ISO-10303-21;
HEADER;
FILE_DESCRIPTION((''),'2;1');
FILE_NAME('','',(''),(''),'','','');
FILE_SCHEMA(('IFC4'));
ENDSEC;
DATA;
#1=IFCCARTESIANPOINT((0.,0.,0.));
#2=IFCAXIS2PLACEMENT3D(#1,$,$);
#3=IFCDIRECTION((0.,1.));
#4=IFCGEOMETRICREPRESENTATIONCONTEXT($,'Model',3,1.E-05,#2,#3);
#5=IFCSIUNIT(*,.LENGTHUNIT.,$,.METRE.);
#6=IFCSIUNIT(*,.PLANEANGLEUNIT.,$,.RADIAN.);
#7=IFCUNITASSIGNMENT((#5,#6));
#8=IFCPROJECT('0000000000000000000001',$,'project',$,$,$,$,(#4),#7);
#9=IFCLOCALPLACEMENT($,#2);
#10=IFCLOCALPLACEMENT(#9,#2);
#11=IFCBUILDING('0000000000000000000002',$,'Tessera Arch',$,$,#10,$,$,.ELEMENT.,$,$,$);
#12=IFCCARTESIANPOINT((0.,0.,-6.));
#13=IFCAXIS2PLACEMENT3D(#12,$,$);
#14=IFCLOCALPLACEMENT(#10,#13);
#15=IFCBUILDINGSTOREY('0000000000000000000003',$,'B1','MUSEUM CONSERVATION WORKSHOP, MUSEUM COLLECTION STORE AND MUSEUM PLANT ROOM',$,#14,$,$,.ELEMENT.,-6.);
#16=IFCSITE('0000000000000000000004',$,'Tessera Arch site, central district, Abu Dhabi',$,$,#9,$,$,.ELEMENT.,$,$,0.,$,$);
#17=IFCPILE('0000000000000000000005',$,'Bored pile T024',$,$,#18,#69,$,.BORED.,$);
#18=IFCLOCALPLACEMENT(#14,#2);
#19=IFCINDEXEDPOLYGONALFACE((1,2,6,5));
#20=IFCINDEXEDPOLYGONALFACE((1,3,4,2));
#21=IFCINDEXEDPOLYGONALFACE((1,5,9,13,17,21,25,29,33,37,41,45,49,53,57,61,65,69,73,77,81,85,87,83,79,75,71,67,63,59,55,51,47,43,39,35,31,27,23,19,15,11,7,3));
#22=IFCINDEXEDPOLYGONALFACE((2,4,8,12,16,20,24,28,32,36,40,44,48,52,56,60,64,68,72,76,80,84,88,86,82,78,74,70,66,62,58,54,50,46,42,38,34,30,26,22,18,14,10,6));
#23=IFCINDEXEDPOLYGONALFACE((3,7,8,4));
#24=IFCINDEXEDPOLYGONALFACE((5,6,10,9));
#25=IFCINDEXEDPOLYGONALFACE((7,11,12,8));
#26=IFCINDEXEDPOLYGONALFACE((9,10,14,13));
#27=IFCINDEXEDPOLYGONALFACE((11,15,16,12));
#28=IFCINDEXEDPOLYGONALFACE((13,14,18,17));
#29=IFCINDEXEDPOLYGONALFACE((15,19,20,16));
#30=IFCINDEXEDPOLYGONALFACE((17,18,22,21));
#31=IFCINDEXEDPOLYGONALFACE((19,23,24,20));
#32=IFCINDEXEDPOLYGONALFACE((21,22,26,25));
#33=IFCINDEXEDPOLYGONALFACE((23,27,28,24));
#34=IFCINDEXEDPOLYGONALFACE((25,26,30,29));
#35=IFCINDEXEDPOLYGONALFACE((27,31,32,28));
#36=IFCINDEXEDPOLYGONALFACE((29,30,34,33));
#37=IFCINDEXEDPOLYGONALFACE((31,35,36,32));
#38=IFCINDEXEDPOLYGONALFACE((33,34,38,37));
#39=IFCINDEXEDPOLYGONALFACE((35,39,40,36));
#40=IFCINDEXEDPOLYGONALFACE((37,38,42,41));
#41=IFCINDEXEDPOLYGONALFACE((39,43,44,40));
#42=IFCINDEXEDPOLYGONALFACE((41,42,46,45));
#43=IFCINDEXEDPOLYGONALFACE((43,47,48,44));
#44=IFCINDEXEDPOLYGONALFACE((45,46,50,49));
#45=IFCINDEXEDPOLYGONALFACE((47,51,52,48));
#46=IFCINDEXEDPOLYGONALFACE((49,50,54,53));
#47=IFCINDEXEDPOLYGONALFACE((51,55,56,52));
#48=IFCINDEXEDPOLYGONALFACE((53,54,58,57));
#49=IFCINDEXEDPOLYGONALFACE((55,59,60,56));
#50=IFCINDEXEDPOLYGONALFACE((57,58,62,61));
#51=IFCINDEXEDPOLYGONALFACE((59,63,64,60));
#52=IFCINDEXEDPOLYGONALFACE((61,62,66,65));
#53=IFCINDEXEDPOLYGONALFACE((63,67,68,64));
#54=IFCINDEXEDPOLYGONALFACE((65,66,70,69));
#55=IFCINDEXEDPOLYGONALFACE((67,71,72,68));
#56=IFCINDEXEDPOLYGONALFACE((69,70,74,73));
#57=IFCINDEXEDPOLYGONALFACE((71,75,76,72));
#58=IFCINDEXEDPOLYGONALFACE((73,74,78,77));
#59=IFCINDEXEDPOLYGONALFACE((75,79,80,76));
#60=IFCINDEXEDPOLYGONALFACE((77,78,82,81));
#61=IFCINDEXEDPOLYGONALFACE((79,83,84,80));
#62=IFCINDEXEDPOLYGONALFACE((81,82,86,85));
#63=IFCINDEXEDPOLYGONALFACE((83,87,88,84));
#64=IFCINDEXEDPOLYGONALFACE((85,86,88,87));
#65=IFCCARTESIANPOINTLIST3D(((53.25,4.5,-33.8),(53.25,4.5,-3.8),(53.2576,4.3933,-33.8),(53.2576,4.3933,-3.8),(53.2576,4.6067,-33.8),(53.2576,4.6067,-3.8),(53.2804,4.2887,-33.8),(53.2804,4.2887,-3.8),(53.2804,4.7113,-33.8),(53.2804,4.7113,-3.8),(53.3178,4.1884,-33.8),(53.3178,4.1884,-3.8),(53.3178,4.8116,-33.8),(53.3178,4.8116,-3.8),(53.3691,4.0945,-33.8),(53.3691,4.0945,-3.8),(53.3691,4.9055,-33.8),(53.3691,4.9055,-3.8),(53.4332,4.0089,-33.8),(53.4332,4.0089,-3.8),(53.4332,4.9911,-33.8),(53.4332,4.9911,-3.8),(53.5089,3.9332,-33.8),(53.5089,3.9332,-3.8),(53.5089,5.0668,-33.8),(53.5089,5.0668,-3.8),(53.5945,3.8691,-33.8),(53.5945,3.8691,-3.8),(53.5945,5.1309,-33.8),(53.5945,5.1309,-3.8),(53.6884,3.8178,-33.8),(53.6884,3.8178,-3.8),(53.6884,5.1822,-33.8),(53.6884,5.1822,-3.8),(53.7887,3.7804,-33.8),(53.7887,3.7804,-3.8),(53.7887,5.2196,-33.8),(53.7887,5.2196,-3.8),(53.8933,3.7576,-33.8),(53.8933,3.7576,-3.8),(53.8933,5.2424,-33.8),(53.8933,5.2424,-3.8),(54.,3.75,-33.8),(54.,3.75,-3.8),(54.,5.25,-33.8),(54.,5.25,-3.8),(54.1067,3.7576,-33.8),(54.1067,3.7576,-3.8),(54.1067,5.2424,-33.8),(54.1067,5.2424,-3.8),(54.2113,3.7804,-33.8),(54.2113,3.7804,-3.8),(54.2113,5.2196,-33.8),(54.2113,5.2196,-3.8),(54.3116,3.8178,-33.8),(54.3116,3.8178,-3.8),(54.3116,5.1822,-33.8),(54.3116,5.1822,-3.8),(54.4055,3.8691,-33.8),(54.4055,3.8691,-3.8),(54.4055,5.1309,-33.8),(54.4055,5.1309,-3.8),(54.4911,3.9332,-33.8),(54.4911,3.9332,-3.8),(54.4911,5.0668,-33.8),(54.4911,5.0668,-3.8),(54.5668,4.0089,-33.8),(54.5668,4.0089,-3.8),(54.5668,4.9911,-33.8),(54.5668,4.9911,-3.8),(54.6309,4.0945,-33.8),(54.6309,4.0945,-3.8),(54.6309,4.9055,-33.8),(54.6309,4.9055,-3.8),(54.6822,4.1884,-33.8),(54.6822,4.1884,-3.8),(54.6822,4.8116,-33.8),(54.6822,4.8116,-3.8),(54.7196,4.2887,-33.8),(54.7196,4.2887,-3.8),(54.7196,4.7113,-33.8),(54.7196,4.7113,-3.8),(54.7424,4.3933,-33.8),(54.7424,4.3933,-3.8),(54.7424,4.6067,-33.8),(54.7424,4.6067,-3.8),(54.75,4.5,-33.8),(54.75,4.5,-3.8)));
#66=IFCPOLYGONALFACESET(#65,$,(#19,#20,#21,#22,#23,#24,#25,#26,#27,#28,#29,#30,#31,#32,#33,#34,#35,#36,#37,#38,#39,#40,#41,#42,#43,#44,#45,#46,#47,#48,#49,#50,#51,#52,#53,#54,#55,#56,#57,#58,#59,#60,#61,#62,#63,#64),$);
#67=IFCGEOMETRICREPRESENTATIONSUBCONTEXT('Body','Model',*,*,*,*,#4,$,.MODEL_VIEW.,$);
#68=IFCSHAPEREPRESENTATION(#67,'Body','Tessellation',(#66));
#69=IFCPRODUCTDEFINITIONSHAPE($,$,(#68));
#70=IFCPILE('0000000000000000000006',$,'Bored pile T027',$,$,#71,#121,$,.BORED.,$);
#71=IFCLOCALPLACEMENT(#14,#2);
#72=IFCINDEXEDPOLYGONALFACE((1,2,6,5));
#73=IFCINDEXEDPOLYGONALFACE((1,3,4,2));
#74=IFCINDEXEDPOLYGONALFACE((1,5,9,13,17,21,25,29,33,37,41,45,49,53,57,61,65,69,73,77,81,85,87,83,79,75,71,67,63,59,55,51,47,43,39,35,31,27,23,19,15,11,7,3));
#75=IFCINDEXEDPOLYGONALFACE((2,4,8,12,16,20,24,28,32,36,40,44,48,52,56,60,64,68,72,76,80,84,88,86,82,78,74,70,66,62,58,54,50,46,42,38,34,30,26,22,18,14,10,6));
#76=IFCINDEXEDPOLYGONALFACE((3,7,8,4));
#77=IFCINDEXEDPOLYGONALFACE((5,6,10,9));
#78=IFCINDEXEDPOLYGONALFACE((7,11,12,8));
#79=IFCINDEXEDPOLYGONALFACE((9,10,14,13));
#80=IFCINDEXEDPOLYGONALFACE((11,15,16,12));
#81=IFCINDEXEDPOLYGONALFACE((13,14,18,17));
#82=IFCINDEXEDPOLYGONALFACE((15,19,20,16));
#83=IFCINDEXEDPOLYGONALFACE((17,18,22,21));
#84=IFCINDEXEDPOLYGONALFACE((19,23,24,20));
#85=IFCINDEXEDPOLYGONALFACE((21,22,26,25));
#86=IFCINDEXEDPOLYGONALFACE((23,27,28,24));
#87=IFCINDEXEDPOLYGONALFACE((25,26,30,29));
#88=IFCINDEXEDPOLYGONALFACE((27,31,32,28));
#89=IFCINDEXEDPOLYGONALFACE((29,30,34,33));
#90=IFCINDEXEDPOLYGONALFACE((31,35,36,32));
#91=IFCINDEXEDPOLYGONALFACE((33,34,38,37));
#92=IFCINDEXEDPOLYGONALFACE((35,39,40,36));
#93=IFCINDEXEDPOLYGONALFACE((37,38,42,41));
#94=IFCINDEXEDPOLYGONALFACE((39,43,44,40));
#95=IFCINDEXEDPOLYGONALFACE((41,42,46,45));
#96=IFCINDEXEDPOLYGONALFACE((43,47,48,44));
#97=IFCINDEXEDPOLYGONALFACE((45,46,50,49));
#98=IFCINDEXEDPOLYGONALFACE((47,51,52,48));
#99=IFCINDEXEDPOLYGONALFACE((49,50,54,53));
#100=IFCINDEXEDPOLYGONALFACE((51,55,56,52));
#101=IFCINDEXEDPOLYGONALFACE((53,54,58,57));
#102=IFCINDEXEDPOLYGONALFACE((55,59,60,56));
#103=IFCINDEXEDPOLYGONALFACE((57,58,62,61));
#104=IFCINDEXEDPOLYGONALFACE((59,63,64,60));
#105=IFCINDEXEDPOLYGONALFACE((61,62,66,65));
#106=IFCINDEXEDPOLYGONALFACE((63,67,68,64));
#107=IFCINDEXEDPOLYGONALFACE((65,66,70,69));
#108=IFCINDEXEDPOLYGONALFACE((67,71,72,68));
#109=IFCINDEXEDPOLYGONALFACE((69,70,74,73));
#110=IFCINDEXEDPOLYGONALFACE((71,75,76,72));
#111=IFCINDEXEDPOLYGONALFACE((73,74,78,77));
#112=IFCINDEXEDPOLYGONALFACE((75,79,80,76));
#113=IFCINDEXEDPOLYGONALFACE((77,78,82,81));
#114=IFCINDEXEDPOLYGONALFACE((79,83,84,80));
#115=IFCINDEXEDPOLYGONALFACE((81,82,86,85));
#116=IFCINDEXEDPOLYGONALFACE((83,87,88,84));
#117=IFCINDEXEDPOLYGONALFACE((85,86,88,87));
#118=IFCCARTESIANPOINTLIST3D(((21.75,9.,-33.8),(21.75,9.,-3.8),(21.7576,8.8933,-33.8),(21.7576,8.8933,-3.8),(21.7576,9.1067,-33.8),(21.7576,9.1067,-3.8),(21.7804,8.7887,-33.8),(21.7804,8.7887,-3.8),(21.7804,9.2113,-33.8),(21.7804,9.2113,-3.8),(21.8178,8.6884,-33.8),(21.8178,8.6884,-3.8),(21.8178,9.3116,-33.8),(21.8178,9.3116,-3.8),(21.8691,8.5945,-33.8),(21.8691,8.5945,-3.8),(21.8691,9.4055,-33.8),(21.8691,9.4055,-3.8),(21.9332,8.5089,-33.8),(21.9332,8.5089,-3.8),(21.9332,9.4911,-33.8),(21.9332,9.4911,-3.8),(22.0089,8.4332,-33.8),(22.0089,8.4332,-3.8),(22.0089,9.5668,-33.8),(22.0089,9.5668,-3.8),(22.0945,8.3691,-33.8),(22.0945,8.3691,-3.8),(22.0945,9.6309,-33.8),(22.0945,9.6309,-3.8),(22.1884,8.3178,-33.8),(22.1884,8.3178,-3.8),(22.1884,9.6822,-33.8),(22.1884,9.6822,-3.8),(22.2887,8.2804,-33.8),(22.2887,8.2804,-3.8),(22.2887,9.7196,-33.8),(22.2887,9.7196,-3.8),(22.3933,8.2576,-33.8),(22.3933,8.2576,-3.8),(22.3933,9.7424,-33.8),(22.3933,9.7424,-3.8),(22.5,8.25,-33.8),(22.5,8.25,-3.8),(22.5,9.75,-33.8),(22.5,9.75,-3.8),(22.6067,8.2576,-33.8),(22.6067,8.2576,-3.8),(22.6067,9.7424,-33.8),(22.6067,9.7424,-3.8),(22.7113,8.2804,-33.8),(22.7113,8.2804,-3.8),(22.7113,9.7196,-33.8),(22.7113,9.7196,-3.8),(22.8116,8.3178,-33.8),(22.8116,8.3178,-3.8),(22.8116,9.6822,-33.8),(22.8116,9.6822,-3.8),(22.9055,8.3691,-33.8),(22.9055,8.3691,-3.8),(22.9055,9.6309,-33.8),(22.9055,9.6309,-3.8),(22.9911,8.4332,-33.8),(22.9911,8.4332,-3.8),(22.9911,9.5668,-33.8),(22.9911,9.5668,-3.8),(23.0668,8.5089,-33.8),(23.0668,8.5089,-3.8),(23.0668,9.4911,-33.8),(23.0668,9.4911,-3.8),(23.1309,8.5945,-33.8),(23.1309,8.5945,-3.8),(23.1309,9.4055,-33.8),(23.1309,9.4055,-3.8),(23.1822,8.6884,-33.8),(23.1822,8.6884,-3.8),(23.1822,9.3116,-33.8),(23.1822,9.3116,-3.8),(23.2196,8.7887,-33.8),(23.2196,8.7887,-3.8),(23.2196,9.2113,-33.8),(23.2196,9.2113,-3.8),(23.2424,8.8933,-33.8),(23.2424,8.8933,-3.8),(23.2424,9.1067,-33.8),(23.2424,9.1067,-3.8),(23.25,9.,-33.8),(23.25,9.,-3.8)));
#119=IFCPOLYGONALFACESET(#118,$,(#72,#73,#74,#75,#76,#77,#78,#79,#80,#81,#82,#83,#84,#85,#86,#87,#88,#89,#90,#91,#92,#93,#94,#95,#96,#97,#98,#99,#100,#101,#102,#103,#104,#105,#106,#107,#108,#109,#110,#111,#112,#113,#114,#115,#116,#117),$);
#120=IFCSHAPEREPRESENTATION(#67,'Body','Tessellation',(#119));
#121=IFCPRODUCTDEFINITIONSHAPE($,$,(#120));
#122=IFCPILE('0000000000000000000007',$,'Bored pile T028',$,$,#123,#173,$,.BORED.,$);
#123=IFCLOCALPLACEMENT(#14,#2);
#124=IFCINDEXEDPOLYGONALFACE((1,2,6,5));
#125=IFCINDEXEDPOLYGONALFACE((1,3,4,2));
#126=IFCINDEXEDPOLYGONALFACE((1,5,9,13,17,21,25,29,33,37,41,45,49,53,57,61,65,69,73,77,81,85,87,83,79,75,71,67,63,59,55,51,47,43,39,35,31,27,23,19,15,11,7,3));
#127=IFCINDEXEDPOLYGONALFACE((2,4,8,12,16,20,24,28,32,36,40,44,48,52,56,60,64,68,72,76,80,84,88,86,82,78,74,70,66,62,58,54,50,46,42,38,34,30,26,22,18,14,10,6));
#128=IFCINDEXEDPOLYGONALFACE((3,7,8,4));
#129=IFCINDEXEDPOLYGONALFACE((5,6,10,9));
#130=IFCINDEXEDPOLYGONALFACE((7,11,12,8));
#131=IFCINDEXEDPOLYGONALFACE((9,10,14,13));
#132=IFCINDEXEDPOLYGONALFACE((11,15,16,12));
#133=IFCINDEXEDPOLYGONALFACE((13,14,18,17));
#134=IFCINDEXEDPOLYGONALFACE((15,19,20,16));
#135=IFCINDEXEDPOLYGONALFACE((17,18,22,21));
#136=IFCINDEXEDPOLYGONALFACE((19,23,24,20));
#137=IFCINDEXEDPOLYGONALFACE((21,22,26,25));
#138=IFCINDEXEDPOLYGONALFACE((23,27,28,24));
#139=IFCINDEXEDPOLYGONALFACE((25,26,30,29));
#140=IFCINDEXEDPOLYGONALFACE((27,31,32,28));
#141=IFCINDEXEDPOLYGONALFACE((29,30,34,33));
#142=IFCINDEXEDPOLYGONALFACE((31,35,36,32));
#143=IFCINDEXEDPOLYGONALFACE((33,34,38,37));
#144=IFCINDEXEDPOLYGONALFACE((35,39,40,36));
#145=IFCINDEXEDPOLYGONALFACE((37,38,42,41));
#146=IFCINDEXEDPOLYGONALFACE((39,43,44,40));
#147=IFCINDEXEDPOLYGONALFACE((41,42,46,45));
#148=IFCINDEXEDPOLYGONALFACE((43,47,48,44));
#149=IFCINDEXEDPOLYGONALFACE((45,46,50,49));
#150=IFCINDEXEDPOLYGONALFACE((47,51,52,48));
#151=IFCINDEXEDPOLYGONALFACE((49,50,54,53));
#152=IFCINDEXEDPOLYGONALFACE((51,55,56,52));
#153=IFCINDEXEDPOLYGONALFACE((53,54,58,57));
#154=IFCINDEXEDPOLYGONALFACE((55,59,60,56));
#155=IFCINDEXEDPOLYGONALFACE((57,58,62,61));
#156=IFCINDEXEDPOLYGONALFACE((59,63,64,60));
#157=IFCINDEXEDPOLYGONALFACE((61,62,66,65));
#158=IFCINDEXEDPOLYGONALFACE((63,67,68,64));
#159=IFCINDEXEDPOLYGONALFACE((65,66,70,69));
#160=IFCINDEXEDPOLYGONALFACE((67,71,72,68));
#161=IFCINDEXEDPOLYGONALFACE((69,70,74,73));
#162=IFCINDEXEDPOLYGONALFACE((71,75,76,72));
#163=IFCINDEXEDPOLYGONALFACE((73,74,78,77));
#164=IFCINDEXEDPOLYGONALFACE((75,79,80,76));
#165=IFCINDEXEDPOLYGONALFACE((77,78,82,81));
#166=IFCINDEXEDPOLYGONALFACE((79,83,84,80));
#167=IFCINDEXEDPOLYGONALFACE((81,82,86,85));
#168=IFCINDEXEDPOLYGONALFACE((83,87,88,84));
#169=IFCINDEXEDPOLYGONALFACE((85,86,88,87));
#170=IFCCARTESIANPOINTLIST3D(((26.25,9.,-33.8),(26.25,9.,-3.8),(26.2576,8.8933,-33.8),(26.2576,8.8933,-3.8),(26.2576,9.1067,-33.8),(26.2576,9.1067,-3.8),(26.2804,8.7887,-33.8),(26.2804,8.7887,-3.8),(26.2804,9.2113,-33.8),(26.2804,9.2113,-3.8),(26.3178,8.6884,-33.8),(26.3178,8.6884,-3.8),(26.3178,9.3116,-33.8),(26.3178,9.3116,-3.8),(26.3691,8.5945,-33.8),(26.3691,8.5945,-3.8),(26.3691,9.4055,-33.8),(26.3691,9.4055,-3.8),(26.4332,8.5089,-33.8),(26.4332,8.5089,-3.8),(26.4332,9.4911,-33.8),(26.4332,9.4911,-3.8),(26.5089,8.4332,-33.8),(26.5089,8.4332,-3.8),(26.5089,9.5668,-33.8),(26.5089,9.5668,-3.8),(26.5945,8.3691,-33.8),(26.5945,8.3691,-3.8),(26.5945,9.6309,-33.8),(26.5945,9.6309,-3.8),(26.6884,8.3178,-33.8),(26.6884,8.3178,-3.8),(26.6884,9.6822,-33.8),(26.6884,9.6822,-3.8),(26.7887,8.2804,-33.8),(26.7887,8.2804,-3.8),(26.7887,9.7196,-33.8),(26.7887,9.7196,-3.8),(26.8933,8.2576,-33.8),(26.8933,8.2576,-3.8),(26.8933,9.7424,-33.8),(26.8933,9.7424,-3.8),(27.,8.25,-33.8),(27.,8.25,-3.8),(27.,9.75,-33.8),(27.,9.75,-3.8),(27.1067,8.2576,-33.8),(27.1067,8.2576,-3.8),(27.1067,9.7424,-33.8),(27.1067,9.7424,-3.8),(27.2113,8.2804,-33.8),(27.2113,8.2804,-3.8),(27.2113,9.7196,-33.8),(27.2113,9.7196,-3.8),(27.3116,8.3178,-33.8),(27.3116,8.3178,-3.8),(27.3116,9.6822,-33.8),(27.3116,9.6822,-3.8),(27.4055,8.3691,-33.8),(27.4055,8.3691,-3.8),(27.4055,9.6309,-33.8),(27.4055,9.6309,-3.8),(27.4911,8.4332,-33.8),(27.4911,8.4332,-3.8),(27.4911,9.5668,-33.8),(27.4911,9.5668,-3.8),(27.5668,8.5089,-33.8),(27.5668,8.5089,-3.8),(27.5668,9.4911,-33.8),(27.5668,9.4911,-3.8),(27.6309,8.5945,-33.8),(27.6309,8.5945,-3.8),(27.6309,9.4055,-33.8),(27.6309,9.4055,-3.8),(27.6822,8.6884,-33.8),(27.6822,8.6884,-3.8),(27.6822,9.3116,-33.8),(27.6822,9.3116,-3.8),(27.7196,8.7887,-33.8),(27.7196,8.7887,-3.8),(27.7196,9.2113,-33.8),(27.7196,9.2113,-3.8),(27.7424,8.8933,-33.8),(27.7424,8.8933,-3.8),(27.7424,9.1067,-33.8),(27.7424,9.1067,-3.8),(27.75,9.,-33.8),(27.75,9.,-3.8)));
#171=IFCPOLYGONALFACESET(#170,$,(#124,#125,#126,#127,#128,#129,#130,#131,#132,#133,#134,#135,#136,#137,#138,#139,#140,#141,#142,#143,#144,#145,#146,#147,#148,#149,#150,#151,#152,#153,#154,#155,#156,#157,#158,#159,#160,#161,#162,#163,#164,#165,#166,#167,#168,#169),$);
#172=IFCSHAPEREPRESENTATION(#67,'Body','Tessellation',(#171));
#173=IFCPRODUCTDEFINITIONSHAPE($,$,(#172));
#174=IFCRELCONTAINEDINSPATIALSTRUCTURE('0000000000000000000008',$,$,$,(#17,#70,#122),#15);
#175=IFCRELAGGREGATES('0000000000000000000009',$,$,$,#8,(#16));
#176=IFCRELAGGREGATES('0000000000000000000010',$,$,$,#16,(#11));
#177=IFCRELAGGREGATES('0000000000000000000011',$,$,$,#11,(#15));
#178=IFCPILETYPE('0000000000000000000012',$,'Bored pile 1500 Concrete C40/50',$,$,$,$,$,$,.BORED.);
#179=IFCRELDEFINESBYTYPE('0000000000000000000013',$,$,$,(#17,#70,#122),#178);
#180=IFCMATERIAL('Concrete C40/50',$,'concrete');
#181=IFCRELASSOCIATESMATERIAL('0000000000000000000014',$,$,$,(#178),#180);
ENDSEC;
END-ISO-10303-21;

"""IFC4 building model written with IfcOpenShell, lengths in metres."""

from ifc_helpers import new_model, si_unit, direction, frame, origin, origin_2d, place, context, subcontext, project, spatial, circle, extrude, material, type_object, element, save


model = new_model("IFC4")

# Units and contexts
model_context = context("Model", 3, precision=1e-05, world=origin(), true_north=direction((0.0, 1.0)))
body_context = subcontext(model_context, "Body", "Model", "MODEL_VIEW")
ifc_project = project(units=[si_unit("LENGTHUNIT", "METRE"), si_unit("PLANEANGLEUNIT", "RADIAN")], contexts=[model_context])

# Site, building, storey
site_placement = place(None, origin())
site = spatial("IfcSite", under=ifc_project, at=site_placement, Name="Tessera Arch site, central district, Abu Dhabi", CompositionType="ELEMENT", RefElevation=0.0)
building_placement = place(site_placement, origin())
building = spatial("IfcBuilding", under=site, at=building_placement, Name="Tessera Arch", CompositionType="ELEMENT")
storey_placement = place(building_placement, frame((0.0, 0.0, -6.0)))
storey = spatial("IfcBuildingStorey", under=building, at=storey_placement, Name="B1", Description="MUSEUM CONSERVATION WORKSHOP, MUSEUM COLLECTION STORE AND MUSEUM PLANT ROOM", CompositionType="ELEMENT", Elevation=-6.0)

# Piles
ifc_material_1 = material(Name="Concrete C40/50", Category="concrete")
pile_type = type_object("IfcPileType", Name="Bored pile 1500 Concrete C40/50", PredefinedType="BORED", material=ifc_material_1)
for number, where, z_axis, x_axis, name in (
    (1, (54.0, 4.5, -3.8), (0.0, 0.0, -1.0), (1.0, 0.0, 0.0), "Bored pile T024"),
    (2, (22.5, 9.0, -3.8), (0.0, 0.0, -1.0), (1.0, 0.0, 0.0), "Bored pile T027"),
    (3, (27.0, 9.0, -3.8), (0.0, 0.0, -1.0), (1.0, 0.0, 0.0), "Bored pile T028"),
):
    element("IfcPile", number, at=place(storey_placement, frame(where, z_axis=z_axis, x_axis=x_axis)), inside=storey, type_object=pile_type, Name=name, PredefinedType="BORED", context=body_context, shape_type="SweptSolid", body=[
        extrude(circle(Radius=0.75, at=origin_2d()), origin(), (0.0, 0.0, 1.0), 30.0),
    ])

save(model, "model.ifc")
